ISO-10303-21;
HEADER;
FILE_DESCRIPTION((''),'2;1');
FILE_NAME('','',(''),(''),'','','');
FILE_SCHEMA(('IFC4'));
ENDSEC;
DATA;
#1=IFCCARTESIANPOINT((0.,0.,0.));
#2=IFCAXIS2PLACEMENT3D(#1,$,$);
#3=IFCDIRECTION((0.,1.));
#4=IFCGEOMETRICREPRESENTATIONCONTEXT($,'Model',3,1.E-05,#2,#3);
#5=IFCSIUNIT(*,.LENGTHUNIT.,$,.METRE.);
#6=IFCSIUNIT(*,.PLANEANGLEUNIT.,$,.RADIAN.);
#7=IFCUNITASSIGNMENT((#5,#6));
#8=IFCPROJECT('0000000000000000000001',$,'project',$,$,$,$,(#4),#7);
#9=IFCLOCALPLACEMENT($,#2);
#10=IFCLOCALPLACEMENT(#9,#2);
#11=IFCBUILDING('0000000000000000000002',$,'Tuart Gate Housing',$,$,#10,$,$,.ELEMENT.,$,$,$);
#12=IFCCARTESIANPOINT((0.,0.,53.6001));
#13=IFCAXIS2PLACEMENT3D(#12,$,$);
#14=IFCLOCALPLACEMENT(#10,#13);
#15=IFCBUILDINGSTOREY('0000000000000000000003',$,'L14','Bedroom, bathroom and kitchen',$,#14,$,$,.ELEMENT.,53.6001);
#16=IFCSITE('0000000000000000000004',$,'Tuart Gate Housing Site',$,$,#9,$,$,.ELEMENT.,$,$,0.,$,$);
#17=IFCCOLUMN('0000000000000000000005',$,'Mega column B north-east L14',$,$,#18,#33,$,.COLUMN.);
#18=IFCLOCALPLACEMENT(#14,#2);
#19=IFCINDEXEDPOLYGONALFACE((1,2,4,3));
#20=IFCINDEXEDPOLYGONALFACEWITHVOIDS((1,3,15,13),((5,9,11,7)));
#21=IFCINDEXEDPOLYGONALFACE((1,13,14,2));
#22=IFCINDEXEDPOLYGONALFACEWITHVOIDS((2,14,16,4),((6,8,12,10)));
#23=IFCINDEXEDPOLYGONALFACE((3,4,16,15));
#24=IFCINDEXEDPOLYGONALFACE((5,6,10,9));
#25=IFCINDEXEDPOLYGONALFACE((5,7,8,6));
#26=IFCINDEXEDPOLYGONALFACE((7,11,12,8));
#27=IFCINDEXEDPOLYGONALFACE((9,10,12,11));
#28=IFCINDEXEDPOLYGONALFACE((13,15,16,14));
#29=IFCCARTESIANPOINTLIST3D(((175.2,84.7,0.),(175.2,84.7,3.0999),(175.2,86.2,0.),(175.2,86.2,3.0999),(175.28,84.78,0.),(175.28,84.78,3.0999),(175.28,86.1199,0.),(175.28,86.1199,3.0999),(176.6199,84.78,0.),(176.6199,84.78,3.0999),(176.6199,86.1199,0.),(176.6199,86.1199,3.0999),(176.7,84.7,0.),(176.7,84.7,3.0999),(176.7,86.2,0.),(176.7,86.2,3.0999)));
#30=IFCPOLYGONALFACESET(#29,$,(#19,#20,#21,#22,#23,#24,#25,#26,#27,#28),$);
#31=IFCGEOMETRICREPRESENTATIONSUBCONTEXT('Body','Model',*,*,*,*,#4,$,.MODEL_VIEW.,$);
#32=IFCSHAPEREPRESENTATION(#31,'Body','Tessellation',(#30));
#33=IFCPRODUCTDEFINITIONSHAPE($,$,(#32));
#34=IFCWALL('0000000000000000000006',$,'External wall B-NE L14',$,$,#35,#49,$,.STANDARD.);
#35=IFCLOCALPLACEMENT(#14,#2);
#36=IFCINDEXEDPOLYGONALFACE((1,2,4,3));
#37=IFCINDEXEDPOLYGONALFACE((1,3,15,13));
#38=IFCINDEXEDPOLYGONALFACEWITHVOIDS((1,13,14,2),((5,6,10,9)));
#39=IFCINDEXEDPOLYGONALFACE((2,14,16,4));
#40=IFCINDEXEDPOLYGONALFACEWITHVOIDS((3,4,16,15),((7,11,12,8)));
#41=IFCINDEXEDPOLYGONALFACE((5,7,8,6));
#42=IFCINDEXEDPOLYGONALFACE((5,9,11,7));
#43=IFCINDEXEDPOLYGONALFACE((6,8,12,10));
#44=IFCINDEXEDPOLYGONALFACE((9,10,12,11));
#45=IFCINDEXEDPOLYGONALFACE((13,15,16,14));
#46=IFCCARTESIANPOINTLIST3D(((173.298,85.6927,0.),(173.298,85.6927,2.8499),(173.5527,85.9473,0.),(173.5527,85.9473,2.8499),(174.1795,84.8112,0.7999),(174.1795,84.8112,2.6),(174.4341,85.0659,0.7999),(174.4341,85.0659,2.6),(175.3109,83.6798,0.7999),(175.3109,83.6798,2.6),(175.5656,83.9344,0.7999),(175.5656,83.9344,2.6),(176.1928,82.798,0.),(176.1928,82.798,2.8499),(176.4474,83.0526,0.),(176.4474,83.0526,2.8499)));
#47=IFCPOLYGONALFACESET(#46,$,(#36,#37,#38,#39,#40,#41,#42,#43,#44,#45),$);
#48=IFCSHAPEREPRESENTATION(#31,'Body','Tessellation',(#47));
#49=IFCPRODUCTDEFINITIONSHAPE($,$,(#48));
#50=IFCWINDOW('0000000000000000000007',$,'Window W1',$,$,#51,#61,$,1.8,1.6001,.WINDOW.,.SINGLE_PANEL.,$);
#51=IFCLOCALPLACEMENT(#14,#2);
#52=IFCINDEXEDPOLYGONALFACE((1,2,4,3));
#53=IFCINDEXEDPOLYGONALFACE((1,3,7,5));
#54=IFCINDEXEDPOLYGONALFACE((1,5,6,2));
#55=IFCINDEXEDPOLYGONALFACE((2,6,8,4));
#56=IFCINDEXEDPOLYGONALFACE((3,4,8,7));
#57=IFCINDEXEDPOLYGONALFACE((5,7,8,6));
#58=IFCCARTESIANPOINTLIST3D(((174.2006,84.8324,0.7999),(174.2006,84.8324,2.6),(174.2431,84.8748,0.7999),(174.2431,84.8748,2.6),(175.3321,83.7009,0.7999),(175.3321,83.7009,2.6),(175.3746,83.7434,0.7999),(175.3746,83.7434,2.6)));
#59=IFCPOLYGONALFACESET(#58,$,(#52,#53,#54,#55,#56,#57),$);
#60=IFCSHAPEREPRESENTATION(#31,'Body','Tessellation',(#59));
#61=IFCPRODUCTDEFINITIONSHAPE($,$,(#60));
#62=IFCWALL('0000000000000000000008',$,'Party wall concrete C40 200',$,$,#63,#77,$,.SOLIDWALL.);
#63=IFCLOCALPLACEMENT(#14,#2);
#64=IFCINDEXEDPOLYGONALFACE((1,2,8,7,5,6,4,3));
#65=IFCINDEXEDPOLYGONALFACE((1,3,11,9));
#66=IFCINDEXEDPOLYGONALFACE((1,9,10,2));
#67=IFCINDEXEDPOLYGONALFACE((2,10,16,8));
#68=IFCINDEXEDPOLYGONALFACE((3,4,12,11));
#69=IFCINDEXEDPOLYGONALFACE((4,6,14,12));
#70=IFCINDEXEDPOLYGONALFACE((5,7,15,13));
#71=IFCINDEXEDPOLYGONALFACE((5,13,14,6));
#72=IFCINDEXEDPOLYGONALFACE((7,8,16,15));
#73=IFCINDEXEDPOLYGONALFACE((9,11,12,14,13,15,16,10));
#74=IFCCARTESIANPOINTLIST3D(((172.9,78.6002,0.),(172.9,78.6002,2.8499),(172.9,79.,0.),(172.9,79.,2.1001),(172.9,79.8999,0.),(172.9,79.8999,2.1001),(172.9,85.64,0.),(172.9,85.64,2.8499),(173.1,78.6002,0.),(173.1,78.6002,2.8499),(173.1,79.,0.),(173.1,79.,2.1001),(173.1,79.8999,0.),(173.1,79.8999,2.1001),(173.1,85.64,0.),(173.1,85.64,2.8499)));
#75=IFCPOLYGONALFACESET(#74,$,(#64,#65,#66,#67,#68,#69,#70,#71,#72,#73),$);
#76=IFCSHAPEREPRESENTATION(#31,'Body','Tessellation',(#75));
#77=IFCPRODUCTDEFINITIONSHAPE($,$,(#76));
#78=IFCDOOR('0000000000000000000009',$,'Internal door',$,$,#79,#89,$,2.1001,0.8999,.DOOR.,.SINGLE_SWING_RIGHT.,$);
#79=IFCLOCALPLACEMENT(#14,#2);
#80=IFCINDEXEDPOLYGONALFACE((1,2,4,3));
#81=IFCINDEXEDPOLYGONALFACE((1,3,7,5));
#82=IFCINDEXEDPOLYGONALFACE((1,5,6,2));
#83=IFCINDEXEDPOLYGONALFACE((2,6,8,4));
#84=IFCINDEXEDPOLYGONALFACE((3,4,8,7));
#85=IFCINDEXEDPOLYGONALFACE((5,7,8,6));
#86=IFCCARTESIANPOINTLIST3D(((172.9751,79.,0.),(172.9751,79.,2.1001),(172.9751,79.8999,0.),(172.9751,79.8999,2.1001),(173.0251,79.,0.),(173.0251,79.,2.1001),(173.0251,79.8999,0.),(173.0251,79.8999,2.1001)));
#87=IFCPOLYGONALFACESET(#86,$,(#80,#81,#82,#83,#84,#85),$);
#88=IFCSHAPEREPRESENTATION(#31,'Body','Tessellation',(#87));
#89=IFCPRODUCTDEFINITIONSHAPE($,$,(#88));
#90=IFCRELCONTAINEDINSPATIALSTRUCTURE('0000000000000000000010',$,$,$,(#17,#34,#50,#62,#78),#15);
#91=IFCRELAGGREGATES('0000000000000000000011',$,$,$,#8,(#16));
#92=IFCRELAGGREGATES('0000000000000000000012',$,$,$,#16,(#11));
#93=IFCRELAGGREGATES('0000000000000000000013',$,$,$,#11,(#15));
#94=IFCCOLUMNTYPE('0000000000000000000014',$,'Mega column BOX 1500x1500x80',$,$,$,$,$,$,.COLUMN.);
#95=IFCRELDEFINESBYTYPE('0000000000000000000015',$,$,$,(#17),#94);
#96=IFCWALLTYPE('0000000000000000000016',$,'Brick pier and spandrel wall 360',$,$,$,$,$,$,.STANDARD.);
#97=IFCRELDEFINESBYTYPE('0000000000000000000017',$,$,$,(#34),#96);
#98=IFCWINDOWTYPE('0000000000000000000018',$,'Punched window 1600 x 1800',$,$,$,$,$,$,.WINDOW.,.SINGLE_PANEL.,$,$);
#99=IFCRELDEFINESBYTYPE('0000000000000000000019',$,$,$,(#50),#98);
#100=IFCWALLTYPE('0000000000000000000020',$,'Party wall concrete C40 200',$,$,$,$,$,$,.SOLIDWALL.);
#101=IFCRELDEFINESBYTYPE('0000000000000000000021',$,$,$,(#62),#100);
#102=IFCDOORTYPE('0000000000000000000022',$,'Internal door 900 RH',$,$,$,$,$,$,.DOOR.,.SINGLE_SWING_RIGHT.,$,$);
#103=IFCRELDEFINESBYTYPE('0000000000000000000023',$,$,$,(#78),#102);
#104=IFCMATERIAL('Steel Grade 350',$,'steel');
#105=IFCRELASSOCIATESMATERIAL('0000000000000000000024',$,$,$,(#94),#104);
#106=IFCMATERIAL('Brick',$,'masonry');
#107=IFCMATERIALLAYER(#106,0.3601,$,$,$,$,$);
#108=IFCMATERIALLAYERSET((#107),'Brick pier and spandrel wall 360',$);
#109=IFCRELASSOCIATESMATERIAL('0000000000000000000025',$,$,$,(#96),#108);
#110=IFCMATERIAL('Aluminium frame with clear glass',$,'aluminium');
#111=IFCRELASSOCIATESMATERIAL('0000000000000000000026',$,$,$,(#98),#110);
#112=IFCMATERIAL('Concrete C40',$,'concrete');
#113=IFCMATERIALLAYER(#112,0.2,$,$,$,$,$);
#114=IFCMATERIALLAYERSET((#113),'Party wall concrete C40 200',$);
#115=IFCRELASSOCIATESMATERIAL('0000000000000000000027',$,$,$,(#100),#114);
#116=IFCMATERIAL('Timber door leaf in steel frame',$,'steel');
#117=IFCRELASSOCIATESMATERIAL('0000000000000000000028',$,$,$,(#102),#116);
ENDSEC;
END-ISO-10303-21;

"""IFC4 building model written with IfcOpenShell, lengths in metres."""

from ifc_helpers import new_model, si_unit, direction, frame, frame_2d, origin, origin_2d, place, context, subcontext, project, spatial, rectangle, hollow_rectangle, extrude, material, layer, layer_set, material_profile, profile_set, type_object, element, fill, save


model = new_model("IFC4")

# Units and contexts
model_context = context("Model", 3, precision=1e-05, world=origin(), true_north=direction((0.0, 1.0)))
body_context = subcontext(model_context, "Body", "Model", "MODEL_VIEW")
ifc_project = project(units=[si_unit("LENGTHUNIT", "METRE"), si_unit("PLANEANGLEUNIT", "RADIAN")], contexts=[model_context])

# Site, building, storey
site_placement = place(None, origin())
site = spatial("IfcSite", under=ifc_project, at=site_placement, Name="Tuart Gate Housing Site", CompositionType="ELEMENT", RefElevation=0.0)
building_placement = place(site_placement, origin())
building = spatial("IfcBuilding", under=site, at=building_placement, Name="Tuart Gate Housing", CompositionType="ELEMENT")
storey_placement = place(building_placement, frame((0.0, 0.0, 53.6001)))
storey = spatial("IfcBuildingStorey", under=building, at=storey_placement, Name="L14", Description="Bedroom, bathroom and kitchen", CompositionType="ELEMENT", Elevation=53.6001)

# Column
ifc_material_1 = material(Name="Steel Grade 350", Category="steel")
ifc_material_profile = material_profile(ifc_material_1, hollow_rectangle(XDim=1.5, YDim=1.5, WallThickness=0.0801, at=origin_2d()), Name="BOX 1500x1500x80")
ifc_profile_set = profile_set([ifc_material_profile], Name="Steel Grade 350")
column_type = type_object("IfcColumnType", Name="Mega column BOX 1500x1500x80", PredefinedType="COLUMN", material=ifc_profile_set)
column_placement = place(storey_placement, frame((175.95, 85.45, 0.0), z_axis=(0.0, 0.0, 1.0), x_axis=(1.0, 0.0, 0.0)))
element("IfcColumn", 1, at=column_placement, inside=storey, type_object=column_type, Name="Mega column B north-east L14", PredefinedType="COLUMN", context=body_context, shape_type="SweptSolid", body=[
    extrude(hollow_rectangle(XDim=1.5, YDim=1.5, WallThickness=0.0801, at=origin_2d()), origin(), (0.0, 0.0, 1.0), 3.0999),
])

# Wall, opening, window
ifc_material_2 = material(Name="Brick", Category="masonry")
ifc_layer_1 = layer(ifc_material_2, 0.3601)
ifc_layer_set_1 = layer_set([ifc_layer_1], Name="Brick pier and spandrel wall 360")
wall_type_1 = type_object("IfcWallType", Name="Brick pier and spandrel wall 360", PredefinedType="STANDARD", material=ifc_layer_set_1)
wall_1_placement = place(storey_placement, frame((176.3201, 82.9253, 0.0), z_axis=(0.0, 0.0, 1.0), x_axis=(-0.707107, 0.707107, 0.0)))
wall_1 = element("IfcWall", 2, at=wall_1_placement, inside=storey, type_object=wall_type_1, Name="External wall B-NE L14", PredefinedType="STANDARD", context=body_context, shape_type="SweptSolid", body=[
    extrude(rectangle(XDim=4.0938, YDim=0.3601, at=frame_2d((2.0469, 0.0))), origin(), (0.0, 0.0, 1.0), 2.8499),
])
opening_1_placement = place(wall_1_placement, frame((1.2471, 0.0, 0.8)))
opening_1 = element("IfcOpeningElement", 3, at=opening_1_placement, cuts=wall_1, PredefinedType="OPENING", context=body_context, shape_type="SweptSolid", body=[
    extrude(rectangle(XDim=1.6001, YDim=1.8, at=frame_2d((0.8, 0.8999))), frame((0.0, 0.1899, 0.0), z_axis=(0.0, -1.0, 0.0), x_axis=(1.0, 0.0, 0.0)), (0.0, 0.0, 1.0), 0.3801),
])
ifc_material_3 = material(Name="Aluminium frame with clear glass", Category="aluminium")
window_type_1 = type_object("IfcWindowType", Name="Punched window 1600 x 1800", PartitioningType="SINGLE_PANEL", PredefinedType="WINDOW", material=ifc_material_3)
window_1_placement = place(opening_1_placement, origin())
window_1 = element("IfcWindow", 4, at=window_1_placement, inside=storey, type_object=window_type_1, Name="Window W1", OverallHeight=1.8, OverallWidth=1.6001, PartitioningType="SINGLE_PANEL", PredefinedType="WINDOW", context=body_context, shape_type="SweptSolid", body=[
    extrude(rectangle(XDim=1.6001, YDim=1.8, at=frame_2d((0.8, 0.8999))), frame((0.0, 0.1501, 0.0), z_axis=(0.0, -1.0, 0.0), x_axis=(1.0, 0.0, 0.0)), (0.0, 0.0, 1.0), 0.0601),
])
fill(opening_1, window_1)

# Wall, opening, door
ifc_material_4 = material(Name="Concrete C40", Category="concrete")
ifc_layer_2 = layer(ifc_material_4, 0.2)
ifc_layer_set_2 = layer_set([ifc_layer_2], Name="Party wall concrete C40 200")
wall_type_2 = type_object("IfcWallType", Name="Party wall concrete C40 200", PredefinedType="SOLIDWALL", material=ifc_layer_set_2)
wall_2_placement = place(storey_placement, frame((173.0, 78.6001, 0.0), z_axis=(0.0, 0.0, 1.0), x_axis=(0.0, 1.0, 0.0)))
wall_2 = element("IfcWall", 5, at=wall_2_placement, inside=storey, type_object=wall_type_2, Name="Party wall concrete C40 200", PredefinedType="SOLIDWALL", context=body_context, shape_type="SweptSolid", body=[
    extrude(rectangle(XDim=7.0398, YDim=0.2, at=frame_2d((3.52, 0.0))), origin(), (0.0, 0.0, 1.0), 2.8499),
])
opening_2_placement = place(wall_2_placement, frame((0.3999, 0.0, 0.0)))
opening_2 = element("IfcOpeningElement", 6, at=opening_2_placement, cuts=wall_2, PredefinedType="OPENING", context=body_context, shape_type="SweptSolid", body=[
    extrude(rectangle(XDim=0.8999, YDim=2.1001, at=frame_2d((0.45, 1.05))), frame((0.0, 0.1099, 0.0), z_axis=(0.0, -1.0, 0.0), x_axis=(1.0, 0.0, 0.0)), (0.0, 0.0, 1.0), 0.22),
])
ifc_material_5 = material(Name="Timber door leaf in steel frame", Category="steel")
door_type = type_object("IfcDoorType", Name="Internal door 900 RH", OperationType="SINGLE_SWING_RIGHT", PredefinedType="DOOR", material=ifc_material_5)
door_placement = place(opening_2_placement, frame((0.8999, 0.0, 0.0), z_axis=(0.0, 0.0, 1.0), x_axis=(-1.0, 0.0, 0.0)))
door = element("IfcDoor", 7, at=door_placement, inside=storey, type_object=door_type, Name="Internal door", OperationType="SINGLE_SWING_RIGHT", OverallHeight=2.1001, OverallWidth=0.8999, PredefinedType="DOOR", context=body_context, shape_type="SweptSolid", body=[
    extrude(rectangle(XDim=0.8999, YDim=2.1001, at=frame_2d((0.45, 1.05))), frame((0.0, 0.0251, 0.0), z_axis=(0.0, -1.0, 0.0), x_axis=(1.0, 0.0, 0.0)), (0.0, 0.0, 1.0), 0.05),
])
fill(opening_2, door)

save(model, "model.ifc")
